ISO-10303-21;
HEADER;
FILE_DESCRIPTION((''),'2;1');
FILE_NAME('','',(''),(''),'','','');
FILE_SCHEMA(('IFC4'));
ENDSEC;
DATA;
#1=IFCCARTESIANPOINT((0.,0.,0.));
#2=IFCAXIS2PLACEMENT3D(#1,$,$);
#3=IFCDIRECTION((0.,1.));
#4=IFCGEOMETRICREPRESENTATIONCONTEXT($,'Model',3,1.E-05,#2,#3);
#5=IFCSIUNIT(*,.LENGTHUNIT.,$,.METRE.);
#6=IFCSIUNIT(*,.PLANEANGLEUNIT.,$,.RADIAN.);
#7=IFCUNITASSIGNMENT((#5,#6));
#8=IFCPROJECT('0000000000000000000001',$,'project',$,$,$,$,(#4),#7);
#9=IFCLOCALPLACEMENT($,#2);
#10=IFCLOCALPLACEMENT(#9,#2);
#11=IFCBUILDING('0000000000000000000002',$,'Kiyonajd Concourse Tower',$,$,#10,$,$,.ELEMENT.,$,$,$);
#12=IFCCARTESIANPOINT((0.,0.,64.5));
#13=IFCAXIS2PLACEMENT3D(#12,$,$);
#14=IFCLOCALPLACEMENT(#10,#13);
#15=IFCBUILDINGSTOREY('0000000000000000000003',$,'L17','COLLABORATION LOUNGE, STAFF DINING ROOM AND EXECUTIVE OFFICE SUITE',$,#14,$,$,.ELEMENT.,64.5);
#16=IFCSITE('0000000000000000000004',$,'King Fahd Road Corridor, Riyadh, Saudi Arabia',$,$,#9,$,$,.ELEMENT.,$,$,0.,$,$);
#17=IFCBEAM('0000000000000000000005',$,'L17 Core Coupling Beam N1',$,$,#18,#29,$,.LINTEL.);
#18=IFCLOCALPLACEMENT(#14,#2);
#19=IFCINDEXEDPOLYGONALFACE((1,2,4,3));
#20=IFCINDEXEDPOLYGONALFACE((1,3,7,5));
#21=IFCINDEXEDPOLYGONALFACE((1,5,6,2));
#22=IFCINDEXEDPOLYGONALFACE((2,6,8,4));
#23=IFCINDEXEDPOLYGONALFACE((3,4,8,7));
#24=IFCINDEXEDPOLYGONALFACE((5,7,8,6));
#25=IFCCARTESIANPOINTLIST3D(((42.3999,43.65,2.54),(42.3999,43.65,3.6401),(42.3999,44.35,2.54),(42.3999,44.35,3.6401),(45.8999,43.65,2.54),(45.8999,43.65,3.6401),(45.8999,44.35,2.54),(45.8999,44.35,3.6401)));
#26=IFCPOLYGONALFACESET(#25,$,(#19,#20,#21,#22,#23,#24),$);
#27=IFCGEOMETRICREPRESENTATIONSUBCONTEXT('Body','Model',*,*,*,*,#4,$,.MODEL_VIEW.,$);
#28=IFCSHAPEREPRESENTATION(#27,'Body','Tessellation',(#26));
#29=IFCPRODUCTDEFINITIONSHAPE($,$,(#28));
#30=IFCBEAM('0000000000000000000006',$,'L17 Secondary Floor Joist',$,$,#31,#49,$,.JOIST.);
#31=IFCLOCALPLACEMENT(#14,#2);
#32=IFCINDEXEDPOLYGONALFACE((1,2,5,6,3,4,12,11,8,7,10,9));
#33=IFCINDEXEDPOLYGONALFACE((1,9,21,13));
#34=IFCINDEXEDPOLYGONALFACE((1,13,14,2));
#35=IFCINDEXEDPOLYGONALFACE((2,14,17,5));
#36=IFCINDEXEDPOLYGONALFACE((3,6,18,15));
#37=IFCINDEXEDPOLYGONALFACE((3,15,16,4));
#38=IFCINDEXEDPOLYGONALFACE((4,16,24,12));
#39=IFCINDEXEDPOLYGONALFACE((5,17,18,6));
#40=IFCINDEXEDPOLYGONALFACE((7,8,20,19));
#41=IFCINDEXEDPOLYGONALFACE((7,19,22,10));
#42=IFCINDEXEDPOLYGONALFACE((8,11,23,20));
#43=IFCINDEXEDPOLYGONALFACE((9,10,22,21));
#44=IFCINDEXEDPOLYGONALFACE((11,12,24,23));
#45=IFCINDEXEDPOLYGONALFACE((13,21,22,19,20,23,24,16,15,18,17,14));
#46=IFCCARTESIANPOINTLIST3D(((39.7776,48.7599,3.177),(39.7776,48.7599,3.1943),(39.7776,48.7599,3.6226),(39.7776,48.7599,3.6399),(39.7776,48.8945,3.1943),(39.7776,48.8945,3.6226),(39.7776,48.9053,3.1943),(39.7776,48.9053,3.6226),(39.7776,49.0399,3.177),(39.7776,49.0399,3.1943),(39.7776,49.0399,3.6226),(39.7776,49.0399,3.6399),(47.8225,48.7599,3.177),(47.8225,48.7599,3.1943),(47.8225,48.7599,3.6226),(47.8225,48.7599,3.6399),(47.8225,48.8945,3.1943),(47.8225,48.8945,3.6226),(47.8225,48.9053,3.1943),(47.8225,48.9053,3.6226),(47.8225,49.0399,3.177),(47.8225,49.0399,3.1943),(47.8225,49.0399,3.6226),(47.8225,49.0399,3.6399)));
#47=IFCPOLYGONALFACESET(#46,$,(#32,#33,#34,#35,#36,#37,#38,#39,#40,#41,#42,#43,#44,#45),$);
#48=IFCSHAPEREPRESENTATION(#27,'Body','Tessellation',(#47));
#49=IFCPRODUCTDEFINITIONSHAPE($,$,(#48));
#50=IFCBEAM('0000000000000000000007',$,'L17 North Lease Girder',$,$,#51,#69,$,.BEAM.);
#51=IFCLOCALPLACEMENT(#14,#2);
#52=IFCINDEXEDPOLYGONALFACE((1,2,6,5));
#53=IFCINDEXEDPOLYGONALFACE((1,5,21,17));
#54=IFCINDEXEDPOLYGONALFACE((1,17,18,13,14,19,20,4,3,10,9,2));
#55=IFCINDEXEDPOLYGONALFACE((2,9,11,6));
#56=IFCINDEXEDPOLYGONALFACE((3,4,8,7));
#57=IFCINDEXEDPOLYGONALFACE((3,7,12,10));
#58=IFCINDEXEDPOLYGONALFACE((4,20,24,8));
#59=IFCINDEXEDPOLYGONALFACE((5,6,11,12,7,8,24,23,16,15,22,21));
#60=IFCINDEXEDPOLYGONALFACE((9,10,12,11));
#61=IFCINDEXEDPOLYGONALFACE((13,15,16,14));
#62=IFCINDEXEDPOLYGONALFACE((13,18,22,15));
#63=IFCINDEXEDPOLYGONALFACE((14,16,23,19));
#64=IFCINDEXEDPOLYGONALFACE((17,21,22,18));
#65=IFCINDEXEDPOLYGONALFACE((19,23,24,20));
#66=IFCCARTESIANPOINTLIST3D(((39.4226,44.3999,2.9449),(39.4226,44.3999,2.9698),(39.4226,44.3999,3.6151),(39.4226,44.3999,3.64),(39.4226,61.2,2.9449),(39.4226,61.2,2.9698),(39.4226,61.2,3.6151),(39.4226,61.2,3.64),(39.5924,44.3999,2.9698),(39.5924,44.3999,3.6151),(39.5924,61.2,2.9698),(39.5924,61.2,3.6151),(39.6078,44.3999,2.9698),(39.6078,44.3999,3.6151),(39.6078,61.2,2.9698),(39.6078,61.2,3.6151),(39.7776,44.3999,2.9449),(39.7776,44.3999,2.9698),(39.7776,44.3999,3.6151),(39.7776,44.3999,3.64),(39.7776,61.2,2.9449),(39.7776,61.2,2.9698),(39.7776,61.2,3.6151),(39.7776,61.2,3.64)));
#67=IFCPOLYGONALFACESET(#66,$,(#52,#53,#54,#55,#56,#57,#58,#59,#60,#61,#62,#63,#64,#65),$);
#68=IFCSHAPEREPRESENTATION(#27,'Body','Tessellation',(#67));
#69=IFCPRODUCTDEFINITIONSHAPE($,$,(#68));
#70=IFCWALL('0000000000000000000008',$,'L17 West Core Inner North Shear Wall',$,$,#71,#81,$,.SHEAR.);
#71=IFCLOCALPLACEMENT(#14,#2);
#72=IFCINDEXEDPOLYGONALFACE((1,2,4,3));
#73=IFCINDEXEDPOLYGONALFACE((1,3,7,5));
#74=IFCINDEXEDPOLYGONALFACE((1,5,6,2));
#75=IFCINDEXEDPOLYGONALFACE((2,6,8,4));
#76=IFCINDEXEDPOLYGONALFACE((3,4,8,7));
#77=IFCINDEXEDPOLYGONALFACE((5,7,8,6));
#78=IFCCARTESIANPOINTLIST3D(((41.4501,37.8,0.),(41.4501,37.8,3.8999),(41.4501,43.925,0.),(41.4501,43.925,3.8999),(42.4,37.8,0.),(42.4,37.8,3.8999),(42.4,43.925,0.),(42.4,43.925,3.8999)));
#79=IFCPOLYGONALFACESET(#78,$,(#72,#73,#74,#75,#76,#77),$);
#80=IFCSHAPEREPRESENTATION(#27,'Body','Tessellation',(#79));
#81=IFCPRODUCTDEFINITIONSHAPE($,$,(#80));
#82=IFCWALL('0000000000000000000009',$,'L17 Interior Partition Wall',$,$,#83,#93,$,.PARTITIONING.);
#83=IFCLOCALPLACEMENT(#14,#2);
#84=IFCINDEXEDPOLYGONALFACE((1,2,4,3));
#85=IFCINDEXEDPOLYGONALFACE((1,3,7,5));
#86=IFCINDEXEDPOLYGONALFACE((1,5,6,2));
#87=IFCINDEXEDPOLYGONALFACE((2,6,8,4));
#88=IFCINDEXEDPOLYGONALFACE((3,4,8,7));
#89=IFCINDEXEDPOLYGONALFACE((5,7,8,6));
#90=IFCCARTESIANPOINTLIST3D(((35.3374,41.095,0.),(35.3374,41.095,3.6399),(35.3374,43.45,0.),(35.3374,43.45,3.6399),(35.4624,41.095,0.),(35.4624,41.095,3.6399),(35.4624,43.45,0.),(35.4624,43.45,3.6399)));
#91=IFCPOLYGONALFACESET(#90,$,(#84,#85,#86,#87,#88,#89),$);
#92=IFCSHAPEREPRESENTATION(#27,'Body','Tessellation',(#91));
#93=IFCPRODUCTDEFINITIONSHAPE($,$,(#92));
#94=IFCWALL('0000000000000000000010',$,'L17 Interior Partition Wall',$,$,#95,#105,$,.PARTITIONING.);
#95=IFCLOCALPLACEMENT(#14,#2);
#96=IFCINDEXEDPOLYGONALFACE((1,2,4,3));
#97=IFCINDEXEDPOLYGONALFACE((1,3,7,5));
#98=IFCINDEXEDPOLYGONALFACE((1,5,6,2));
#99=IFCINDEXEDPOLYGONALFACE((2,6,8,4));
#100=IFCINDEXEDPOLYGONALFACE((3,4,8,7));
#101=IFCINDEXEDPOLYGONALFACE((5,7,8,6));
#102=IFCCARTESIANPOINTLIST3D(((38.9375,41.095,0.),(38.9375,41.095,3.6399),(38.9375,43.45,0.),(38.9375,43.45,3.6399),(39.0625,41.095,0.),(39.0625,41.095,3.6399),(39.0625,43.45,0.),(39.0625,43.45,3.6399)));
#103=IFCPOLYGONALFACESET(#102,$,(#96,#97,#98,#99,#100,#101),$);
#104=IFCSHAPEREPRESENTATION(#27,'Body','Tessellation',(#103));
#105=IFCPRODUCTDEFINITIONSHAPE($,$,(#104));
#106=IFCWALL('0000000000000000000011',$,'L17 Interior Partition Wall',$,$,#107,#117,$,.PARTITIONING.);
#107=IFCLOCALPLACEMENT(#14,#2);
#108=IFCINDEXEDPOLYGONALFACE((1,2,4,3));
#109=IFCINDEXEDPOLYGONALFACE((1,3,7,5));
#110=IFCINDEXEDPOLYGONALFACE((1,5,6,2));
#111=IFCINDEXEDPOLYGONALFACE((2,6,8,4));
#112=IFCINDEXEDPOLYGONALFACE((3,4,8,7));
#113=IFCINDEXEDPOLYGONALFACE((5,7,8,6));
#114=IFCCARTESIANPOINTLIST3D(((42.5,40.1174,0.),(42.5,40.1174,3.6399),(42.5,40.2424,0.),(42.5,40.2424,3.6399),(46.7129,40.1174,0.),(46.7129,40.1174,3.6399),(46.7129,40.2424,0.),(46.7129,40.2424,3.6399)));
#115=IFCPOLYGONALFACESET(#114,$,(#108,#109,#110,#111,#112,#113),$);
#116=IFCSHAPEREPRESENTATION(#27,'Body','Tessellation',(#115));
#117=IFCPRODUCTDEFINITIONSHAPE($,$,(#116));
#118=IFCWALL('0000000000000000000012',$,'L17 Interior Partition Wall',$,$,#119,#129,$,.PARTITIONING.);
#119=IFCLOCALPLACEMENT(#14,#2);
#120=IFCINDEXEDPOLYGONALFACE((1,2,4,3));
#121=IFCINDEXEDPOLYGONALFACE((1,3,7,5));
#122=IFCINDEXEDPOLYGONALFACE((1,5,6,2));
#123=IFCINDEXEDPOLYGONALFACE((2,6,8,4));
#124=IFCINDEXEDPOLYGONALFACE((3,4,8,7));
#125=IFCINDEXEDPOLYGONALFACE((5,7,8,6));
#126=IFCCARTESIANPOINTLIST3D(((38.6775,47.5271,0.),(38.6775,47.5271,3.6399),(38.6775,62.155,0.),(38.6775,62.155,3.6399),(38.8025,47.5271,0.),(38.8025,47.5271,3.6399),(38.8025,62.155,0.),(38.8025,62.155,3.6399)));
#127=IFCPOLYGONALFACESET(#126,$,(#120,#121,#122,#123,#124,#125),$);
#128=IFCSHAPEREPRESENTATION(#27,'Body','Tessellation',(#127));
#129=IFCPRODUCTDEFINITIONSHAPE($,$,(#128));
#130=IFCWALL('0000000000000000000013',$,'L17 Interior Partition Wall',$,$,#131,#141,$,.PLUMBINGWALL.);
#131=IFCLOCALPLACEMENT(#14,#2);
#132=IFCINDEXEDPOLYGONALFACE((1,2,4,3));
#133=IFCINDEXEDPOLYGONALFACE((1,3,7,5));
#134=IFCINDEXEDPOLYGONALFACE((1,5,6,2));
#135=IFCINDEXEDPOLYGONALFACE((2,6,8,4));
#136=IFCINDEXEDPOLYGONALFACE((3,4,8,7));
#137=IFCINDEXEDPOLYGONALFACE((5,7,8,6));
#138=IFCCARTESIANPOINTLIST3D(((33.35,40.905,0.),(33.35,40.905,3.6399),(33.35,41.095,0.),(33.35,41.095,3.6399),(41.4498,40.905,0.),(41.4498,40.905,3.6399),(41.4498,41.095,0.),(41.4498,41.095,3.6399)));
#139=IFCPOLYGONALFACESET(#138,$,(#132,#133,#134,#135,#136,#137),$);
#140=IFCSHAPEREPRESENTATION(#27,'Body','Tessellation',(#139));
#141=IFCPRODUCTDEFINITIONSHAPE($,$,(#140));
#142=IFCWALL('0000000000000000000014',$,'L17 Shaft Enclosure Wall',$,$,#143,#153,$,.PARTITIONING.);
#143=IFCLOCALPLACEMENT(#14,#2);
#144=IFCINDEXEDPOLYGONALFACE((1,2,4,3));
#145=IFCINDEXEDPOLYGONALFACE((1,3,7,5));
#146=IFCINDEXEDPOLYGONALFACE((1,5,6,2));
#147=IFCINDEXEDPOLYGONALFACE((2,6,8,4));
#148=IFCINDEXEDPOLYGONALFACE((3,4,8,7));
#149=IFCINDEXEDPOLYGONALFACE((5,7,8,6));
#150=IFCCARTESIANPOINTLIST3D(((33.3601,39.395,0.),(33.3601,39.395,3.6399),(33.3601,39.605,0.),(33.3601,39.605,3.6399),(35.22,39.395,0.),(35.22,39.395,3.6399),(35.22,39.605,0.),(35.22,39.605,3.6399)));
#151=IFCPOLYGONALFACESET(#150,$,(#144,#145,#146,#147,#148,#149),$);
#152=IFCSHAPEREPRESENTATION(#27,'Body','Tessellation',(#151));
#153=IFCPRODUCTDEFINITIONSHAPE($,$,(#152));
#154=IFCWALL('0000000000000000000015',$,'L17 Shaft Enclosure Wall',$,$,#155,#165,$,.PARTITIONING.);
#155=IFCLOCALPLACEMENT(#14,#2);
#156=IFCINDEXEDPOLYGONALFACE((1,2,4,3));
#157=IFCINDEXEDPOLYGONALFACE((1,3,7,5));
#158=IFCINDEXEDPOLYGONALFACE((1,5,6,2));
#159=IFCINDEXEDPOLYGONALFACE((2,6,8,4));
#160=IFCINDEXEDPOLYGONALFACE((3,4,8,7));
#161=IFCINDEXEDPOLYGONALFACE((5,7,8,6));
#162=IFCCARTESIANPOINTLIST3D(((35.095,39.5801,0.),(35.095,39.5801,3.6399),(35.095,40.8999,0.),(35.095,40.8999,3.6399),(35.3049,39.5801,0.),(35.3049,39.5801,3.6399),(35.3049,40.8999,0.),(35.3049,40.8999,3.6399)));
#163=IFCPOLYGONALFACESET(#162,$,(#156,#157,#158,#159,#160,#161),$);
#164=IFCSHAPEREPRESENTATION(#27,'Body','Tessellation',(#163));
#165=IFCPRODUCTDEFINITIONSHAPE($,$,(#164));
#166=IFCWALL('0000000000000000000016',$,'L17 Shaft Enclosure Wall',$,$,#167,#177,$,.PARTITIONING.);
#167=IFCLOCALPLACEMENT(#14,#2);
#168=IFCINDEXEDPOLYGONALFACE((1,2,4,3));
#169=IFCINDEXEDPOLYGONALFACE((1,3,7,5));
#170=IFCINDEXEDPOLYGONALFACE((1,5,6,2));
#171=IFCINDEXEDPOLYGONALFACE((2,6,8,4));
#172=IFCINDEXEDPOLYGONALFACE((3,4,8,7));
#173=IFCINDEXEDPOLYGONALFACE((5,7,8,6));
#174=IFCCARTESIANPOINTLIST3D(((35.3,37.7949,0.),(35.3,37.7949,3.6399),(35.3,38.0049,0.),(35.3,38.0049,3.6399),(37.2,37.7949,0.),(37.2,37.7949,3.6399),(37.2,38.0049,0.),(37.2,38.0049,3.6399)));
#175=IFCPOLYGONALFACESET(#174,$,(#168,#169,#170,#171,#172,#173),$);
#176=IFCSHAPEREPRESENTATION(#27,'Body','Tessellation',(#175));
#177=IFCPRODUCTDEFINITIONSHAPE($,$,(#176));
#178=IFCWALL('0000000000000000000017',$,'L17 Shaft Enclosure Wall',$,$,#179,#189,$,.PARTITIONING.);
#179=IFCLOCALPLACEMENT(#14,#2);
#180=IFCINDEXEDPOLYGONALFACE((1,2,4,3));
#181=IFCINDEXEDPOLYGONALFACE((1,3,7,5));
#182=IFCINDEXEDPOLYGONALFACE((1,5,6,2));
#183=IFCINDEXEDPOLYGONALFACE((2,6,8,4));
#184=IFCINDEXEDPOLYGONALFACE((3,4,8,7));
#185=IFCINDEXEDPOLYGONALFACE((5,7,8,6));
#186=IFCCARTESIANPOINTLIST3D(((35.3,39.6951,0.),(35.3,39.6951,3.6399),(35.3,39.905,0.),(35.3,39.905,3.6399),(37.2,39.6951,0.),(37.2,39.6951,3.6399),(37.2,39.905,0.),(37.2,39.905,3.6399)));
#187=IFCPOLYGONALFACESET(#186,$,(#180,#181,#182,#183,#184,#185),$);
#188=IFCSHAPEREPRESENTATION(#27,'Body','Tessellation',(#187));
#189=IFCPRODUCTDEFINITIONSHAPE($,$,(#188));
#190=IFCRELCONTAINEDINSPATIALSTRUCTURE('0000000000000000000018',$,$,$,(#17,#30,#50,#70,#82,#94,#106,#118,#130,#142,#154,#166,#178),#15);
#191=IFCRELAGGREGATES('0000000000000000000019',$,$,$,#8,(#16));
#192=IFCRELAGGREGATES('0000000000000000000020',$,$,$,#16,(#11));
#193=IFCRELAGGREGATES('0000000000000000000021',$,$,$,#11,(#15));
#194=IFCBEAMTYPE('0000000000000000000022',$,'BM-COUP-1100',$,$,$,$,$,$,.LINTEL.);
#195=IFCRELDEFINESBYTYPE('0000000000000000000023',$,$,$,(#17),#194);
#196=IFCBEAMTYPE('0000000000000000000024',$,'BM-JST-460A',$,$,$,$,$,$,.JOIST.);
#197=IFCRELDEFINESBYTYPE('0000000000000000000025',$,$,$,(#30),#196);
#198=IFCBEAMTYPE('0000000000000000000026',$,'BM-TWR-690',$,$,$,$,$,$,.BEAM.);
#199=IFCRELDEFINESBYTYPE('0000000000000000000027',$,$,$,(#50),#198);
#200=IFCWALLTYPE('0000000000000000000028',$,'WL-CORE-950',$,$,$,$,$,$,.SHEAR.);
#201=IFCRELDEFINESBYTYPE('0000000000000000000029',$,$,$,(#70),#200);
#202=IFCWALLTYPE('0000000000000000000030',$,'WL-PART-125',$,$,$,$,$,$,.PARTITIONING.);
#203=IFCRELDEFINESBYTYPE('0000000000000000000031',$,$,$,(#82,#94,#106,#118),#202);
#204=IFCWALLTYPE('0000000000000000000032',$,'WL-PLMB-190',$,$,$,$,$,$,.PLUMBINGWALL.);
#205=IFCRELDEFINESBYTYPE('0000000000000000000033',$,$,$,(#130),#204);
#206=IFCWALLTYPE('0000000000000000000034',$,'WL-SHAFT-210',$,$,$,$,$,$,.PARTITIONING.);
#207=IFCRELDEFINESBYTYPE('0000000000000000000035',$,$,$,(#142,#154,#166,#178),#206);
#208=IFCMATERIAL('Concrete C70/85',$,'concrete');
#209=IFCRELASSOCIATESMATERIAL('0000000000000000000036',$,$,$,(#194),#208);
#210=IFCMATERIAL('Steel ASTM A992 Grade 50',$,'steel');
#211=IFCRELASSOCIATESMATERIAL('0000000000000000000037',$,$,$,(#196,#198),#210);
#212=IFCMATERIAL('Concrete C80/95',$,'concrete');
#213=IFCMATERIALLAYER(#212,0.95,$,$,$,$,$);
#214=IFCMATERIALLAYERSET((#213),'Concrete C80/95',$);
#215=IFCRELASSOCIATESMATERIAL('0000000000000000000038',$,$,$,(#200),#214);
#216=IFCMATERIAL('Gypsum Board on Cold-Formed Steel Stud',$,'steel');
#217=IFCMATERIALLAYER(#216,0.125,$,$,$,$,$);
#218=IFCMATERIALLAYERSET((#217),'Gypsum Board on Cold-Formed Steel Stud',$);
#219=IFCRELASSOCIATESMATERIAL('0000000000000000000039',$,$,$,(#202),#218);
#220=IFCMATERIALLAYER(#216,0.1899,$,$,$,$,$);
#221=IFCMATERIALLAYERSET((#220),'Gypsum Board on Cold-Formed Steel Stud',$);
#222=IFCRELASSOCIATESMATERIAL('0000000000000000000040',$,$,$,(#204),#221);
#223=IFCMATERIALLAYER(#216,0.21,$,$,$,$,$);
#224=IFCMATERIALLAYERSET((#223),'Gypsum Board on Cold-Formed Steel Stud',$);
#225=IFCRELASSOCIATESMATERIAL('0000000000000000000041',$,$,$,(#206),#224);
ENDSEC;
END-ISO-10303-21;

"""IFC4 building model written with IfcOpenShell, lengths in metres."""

from ifc_helpers import new_model, si_unit, direction, frame, frame_2d, origin, origin_2d, place, context, subcontext, project, spatial, rectangle, i_section, extrude, material, layer, layer_set, material_profile, profile_set, type_object, element, save


model = new_model("IFC4")

# Units and contexts
model_context = context("Model", 3, precision=1e-05, world=origin(), true_north=direction((0.0, 1.0)))
body_context = subcontext(model_context, "Body", "Model", "MODEL_VIEW")
ifc_project = project(units=[si_unit("LENGTHUNIT", "METRE"), si_unit("PLANEANGLEUNIT", "RADIAN")], contexts=[model_context])

# Site, building, storey
site_placement = place(None, origin())
site = spatial("IfcSite", under=ifc_project, at=site_placement, Name="King Fahd Road Corridor, Riyadh, Saudi Arabia", CompositionType="ELEMENT", RefElevation=0.0)
building_placement = place(site_placement, origin())
building = spatial("IfcBuilding", under=site, at=building_placement, Name="Kiyonajd Concourse Tower", CompositionType="ELEMENT")
storey_placement = place(building_placement, frame((0.0, 0.0, 64.5)))
storey = spatial("IfcBuildingStorey", under=building, at=storey_placement, Name="L17", Description="COLLABORATION LOUNGE, STAFF DINING ROOM AND EXECUTIVE OFFICE SUITE", CompositionType="ELEMENT", Elevation=64.5)

# Beams
ifc_material_1 = material(Name="Concrete C70/85", Category="concrete")
ifc_material_profile_1 = material_profile(ifc_material_1, rectangle(XDim=0.7, YDim=1.1001, at=origin_2d()), Name="RCBM-700x1100")
ifc_profile_set_1 = profile_set([ifc_material_profile_1], Name="Concrete C70/85")
beam_type_1 = type_object("IfcBeamType", Name="BM-COUP-1100", PredefinedType="LINTEL", material=ifc_profile_set_1)
beam_1_placement = place(storey_placement, frame((42.3999, 44.0, 3.0901), z_axis=(1.0, 0.0, 0.0), x_axis=(0.0, 1.0, 0.0)))
element("IfcBeam", 1, at=beam_1_placement, inside=storey, type_object=beam_type_1, Name="L17 Core Coupling Beam N1", PredefinedType="LINTEL", context=body_context, shape_type="SweptSolid", body=[
    extrude(rectangle(XDim=0.7, YDim=1.1001, at=origin_2d()), origin(), (0.0, 0.0, 1.0), 3.5),
])
ifc_material_2 = material(Name="Steel ASTM A992 Grade 50", Category="steel")
ifc_material_profile_2 = material_profile(ifc_material_2, i_section(OverallWidth=0.28, OverallDepth=0.4629, WebThickness=0.0107, FlangeThickness=0.0173, at=origin_2d()), Name="W460X113")
ifc_profile_set_2 = profile_set([ifc_material_profile_2], Name="Steel ASTM A992 Grade 50")
beam_type_2 = type_object("IfcBeamType", Name="BM-JST-460A", PredefinedType="JOIST", material=ifc_profile_set_2)
beam_2_placement = place(storey_placement, frame((39.7776, 48.8999, 3.4084), z_axis=(1.0, 0.0, 0.0), x_axis=(0.0, 1.0, 0.0)))
element("IfcBeam", 2, at=beam_2_placement, inside=storey, type_object=beam_type_2, Name="L17 Secondary Floor Joist", PredefinedType="JOIST", context=body_context, shape_type="SweptSolid", body=[
    extrude(i_section(OverallWidth=0.28, OverallDepth=0.4629, WebThickness=0.0107, FlangeThickness=0.0173, at=origin_2d()), origin(), (0.0, 0.0, 1.0), 8.0449),
])
ifc_material_profile_3 = material_profile(ifc_material_2, i_section(OverallWidth=0.355, OverallDepth=0.6951, WebThickness=0.0154, FlangeThickness=0.0249, at=origin_2d()), Name="W690X217")
ifc_profile_set_3 = profile_set([ifc_material_profile_3], Name="Steel ASTM A992 Grade 50")
beam_type_3 = type_object("IfcBeamType", Name="BM-TWR-690", PredefinedType="BEAM", material=ifc_profile_set_3)
beam_3_placement = place(storey_placement, frame((39.6001, 44.3999, 3.2925), z_axis=(0.0, 1.0, 0.0), x_axis=(-1.0, 0.0, 0.0)))
element("IfcBeam", 3, at=beam_3_placement, inside=storey, type_object=beam_type_3, Name="L17 North Lease Girder", PredefinedType="BEAM", context=body_context, shape_type="SweptSolid", body=[
    extrude(i_section(OverallWidth=0.355, OverallDepth=0.6951, WebThickness=0.0154, FlangeThickness=0.0249, at=origin_2d()), origin(), (0.0, 0.0, 1.0), 16.8),
])

# Walls
ifc_material_3 = material(Name="Concrete C80/95", Category="concrete")
ifc_layer_1 = layer(ifc_material_3, 0.95)
ifc_layer_set_1 = layer_set([ifc_layer_1], Name="Concrete C80/95")
wall_type_1 = type_object("IfcWallType", Name="WL-CORE-950", PredefinedType="SHEAR", material=ifc_layer_set_1)
wall_1_placement = place(storey_placement, frame((41.925, 37.8, 0.0), z_axis=(0.0, 0.0, 1.0), x_axis=(0.0, 1.0, 0.0)))
element("IfcWall", 4, at=wall_1_placement, inside=storey, type_object=wall_type_1, Name="L17 West Core Inner North Shear Wall", PredefinedType="SHEAR", context=body_context, shape_type="SweptSolid", body=[
    extrude(rectangle(XDim=6.125, YDim=0.95, at=frame_2d((3.0625, 0.0))), origin(), (0.0, 0.0, 1.0), 3.8999),
])
ifc_material_4 = material(Name="Gypsum Board on Cold-Formed Steel Stud", Category="steel")
ifc_layer_2 = layer(ifc_material_4, 0.125)
ifc_layer_set_2 = layer_set([ifc_layer_2], Name="Gypsum Board on Cold-Formed Steel Stud")
wall_type_2 = type_object("IfcWallType", Name="WL-PART-125", PredefinedType="PARTITIONING", material=ifc_layer_set_2)
for number, where, z_axis, x_axis, name in (
    (5, (35.3999, 41.095, 0.0), (0.0, 0.0, 1.0), (0.0, 1.0, 0.0), "L17 Interior Partition Wall"),
    (6, (39.0, 41.095, 0.0), (0.0, 0.0, 1.0), (0.0, 1.0, 0.0), "L17 Interior Partition Wall"),
):
    element("IfcWall", number, at=place(storey_placement, frame(where, z_axis=z_axis, x_axis=x_axis)), inside=storey, type_object=wall_type_2, Name=name, PredefinedType="PARTITIONING", context=body_context, shape_type="SweptSolid", body=[
        extrude(rectangle(XDim=2.355, YDim=0.125, at=frame_2d((1.1775, 0.0))), origin(), (0.0, 0.0, 1.0), 3.6399),
    ])
wall_2_placement = place(storey_placement, frame((42.5, 40.1799, 0.0), z_axis=(0.0, 0.0, 1.0), x_axis=(1.0, 0.0, 0.0)))
element("IfcWall", 7, at=wall_2_placement, inside=storey, type_object=wall_type_2, Name="L17 Interior Partition Wall", PredefinedType="PARTITIONING", context=body_context, shape_type="SweptSolid", body=[
    extrude(rectangle(XDim=4.2129, YDim=0.125, at=frame_2d((2.1064, 0.0))), origin(), (0.0, 0.0, 1.0), 3.6399),
])
wall_3_placement = place(storey_placement, frame((38.74, 47.5271, 0.0), z_axis=(0.0, 0.0, 1.0), x_axis=(0.0, 1.0, 0.0)))
element("IfcWall", 8, at=wall_3_placement, inside=storey, type_object=wall_type_2, Name="L17 Interior Partition Wall", PredefinedType="PARTITIONING", context=body_context, shape_type="SweptSolid", body=[
    extrude(rectangle(XDim=14.6279, YDim=0.125, at=frame_2d((7.314, 0.0))), origin(), (0.0, 0.0, 1.0), 3.6399),
])
ifc_layer_3 = layer(ifc_material_4, 0.1899)
ifc_layer_set_3 = layer_set([ifc_layer_3], Name="Gypsum Board on Cold-Formed Steel Stud")
wall_type_3 = type_object("IfcWallType", Name="WL-PLMB-190", PredefinedType="PLUMBINGWALL", material=ifc_layer_set_3)
wall_4_placement = place(storey_placement, frame((33.3501, 41.0, 0.0), z_axis=(0.0, 0.0, 1.0), x_axis=(1.0, 0.0, 0.0)))
element("IfcWall", 9, at=wall_4_placement, inside=storey, type_object=wall_type_3, Name="L17 Interior Partition Wall", PredefinedType="PLUMBINGWALL", context=body_context, shape_type="SweptSolid", body=[
    extrude(rectangle(XDim=8.0999, YDim=0.1899, at=frame_2d((4.0498, 0.0))), origin(), (0.0, 0.0, 1.0), 3.6399),
])
ifc_layer_4 = layer(ifc_material_4, 0.21)
ifc_layer_set_4 = layer_set([ifc_layer_4], Name="Gypsum Board on Cold-Formed Steel Stud")
wall_type_4 = type_object("IfcWallType", Name="WL-SHAFT-210", PredefinedType="PARTITIONING", material=ifc_layer_set_4)
wall_5_placement = place(storey_placement, frame((33.3601, 39.5, 0.0), z_axis=(0.0, 0.0, 1.0), x_axis=(1.0, 0.0, 0.0)))
element("IfcWall", 10, at=wall_5_placement, inside=storey, type_object=wall_type_4, Name="L17 Shaft Enclosure Wall", PredefinedType="PARTITIONING", context=body_context, shape_type="SweptSolid", body=[
    extrude(rectangle(XDim=1.8599, YDim=0.21, at=frame_2d((0.9299, 0.0))), origin(), (0.0, 0.0, 1.0), 3.6399),
])
wall_6_placement = place(storey_placement, frame((35.2, 39.5801, 0.0), z_axis=(0.0, 0.0, 1.0), x_axis=(0.0, 1.0, 0.0)))
element("IfcWall", 11, at=wall_6_placement, inside=storey, type_object=wall_type_4, Name="L17 Shaft Enclosure Wall", PredefinedType="PARTITIONING", context=body_context, shape_type="SweptSolid", body=[
    extrude(rectangle(XDim=1.3198, YDim=0.21, at=frame_2d((0.6599, 0.0))), origin(), (0.0, 0.0, 1.0), 3.6399),
])
for number, where, z_axis, x_axis, name in (
    (12, (35.3, 37.8999, 0.0), (0.0, 0.0, 1.0), (1.0, 0.0, 0.0), "L17 Shaft Enclosure Wall"),
    (13, (35.3, 39.8, 0.0), (0.0, 0.0, 1.0), (1.0, 0.0, 0.0), "L17 Shaft Enclosure Wall"),
):
    element("IfcWall", number, at=place(storey_placement, frame(where, z_axis=z_axis, x_axis=x_axis)), inside=storey, type_object=wall_type_4, Name=name, PredefinedType="PARTITIONING", context=body_context, shape_type="SweptSolid", body=[
        extrude(rectangle(XDim=1.8999, YDim=0.21, at=frame_2d((0.95, 0.0))), origin(), (0.0, 0.0, 1.0), 3.6399),
    ])

save(model, "model.ifc")
